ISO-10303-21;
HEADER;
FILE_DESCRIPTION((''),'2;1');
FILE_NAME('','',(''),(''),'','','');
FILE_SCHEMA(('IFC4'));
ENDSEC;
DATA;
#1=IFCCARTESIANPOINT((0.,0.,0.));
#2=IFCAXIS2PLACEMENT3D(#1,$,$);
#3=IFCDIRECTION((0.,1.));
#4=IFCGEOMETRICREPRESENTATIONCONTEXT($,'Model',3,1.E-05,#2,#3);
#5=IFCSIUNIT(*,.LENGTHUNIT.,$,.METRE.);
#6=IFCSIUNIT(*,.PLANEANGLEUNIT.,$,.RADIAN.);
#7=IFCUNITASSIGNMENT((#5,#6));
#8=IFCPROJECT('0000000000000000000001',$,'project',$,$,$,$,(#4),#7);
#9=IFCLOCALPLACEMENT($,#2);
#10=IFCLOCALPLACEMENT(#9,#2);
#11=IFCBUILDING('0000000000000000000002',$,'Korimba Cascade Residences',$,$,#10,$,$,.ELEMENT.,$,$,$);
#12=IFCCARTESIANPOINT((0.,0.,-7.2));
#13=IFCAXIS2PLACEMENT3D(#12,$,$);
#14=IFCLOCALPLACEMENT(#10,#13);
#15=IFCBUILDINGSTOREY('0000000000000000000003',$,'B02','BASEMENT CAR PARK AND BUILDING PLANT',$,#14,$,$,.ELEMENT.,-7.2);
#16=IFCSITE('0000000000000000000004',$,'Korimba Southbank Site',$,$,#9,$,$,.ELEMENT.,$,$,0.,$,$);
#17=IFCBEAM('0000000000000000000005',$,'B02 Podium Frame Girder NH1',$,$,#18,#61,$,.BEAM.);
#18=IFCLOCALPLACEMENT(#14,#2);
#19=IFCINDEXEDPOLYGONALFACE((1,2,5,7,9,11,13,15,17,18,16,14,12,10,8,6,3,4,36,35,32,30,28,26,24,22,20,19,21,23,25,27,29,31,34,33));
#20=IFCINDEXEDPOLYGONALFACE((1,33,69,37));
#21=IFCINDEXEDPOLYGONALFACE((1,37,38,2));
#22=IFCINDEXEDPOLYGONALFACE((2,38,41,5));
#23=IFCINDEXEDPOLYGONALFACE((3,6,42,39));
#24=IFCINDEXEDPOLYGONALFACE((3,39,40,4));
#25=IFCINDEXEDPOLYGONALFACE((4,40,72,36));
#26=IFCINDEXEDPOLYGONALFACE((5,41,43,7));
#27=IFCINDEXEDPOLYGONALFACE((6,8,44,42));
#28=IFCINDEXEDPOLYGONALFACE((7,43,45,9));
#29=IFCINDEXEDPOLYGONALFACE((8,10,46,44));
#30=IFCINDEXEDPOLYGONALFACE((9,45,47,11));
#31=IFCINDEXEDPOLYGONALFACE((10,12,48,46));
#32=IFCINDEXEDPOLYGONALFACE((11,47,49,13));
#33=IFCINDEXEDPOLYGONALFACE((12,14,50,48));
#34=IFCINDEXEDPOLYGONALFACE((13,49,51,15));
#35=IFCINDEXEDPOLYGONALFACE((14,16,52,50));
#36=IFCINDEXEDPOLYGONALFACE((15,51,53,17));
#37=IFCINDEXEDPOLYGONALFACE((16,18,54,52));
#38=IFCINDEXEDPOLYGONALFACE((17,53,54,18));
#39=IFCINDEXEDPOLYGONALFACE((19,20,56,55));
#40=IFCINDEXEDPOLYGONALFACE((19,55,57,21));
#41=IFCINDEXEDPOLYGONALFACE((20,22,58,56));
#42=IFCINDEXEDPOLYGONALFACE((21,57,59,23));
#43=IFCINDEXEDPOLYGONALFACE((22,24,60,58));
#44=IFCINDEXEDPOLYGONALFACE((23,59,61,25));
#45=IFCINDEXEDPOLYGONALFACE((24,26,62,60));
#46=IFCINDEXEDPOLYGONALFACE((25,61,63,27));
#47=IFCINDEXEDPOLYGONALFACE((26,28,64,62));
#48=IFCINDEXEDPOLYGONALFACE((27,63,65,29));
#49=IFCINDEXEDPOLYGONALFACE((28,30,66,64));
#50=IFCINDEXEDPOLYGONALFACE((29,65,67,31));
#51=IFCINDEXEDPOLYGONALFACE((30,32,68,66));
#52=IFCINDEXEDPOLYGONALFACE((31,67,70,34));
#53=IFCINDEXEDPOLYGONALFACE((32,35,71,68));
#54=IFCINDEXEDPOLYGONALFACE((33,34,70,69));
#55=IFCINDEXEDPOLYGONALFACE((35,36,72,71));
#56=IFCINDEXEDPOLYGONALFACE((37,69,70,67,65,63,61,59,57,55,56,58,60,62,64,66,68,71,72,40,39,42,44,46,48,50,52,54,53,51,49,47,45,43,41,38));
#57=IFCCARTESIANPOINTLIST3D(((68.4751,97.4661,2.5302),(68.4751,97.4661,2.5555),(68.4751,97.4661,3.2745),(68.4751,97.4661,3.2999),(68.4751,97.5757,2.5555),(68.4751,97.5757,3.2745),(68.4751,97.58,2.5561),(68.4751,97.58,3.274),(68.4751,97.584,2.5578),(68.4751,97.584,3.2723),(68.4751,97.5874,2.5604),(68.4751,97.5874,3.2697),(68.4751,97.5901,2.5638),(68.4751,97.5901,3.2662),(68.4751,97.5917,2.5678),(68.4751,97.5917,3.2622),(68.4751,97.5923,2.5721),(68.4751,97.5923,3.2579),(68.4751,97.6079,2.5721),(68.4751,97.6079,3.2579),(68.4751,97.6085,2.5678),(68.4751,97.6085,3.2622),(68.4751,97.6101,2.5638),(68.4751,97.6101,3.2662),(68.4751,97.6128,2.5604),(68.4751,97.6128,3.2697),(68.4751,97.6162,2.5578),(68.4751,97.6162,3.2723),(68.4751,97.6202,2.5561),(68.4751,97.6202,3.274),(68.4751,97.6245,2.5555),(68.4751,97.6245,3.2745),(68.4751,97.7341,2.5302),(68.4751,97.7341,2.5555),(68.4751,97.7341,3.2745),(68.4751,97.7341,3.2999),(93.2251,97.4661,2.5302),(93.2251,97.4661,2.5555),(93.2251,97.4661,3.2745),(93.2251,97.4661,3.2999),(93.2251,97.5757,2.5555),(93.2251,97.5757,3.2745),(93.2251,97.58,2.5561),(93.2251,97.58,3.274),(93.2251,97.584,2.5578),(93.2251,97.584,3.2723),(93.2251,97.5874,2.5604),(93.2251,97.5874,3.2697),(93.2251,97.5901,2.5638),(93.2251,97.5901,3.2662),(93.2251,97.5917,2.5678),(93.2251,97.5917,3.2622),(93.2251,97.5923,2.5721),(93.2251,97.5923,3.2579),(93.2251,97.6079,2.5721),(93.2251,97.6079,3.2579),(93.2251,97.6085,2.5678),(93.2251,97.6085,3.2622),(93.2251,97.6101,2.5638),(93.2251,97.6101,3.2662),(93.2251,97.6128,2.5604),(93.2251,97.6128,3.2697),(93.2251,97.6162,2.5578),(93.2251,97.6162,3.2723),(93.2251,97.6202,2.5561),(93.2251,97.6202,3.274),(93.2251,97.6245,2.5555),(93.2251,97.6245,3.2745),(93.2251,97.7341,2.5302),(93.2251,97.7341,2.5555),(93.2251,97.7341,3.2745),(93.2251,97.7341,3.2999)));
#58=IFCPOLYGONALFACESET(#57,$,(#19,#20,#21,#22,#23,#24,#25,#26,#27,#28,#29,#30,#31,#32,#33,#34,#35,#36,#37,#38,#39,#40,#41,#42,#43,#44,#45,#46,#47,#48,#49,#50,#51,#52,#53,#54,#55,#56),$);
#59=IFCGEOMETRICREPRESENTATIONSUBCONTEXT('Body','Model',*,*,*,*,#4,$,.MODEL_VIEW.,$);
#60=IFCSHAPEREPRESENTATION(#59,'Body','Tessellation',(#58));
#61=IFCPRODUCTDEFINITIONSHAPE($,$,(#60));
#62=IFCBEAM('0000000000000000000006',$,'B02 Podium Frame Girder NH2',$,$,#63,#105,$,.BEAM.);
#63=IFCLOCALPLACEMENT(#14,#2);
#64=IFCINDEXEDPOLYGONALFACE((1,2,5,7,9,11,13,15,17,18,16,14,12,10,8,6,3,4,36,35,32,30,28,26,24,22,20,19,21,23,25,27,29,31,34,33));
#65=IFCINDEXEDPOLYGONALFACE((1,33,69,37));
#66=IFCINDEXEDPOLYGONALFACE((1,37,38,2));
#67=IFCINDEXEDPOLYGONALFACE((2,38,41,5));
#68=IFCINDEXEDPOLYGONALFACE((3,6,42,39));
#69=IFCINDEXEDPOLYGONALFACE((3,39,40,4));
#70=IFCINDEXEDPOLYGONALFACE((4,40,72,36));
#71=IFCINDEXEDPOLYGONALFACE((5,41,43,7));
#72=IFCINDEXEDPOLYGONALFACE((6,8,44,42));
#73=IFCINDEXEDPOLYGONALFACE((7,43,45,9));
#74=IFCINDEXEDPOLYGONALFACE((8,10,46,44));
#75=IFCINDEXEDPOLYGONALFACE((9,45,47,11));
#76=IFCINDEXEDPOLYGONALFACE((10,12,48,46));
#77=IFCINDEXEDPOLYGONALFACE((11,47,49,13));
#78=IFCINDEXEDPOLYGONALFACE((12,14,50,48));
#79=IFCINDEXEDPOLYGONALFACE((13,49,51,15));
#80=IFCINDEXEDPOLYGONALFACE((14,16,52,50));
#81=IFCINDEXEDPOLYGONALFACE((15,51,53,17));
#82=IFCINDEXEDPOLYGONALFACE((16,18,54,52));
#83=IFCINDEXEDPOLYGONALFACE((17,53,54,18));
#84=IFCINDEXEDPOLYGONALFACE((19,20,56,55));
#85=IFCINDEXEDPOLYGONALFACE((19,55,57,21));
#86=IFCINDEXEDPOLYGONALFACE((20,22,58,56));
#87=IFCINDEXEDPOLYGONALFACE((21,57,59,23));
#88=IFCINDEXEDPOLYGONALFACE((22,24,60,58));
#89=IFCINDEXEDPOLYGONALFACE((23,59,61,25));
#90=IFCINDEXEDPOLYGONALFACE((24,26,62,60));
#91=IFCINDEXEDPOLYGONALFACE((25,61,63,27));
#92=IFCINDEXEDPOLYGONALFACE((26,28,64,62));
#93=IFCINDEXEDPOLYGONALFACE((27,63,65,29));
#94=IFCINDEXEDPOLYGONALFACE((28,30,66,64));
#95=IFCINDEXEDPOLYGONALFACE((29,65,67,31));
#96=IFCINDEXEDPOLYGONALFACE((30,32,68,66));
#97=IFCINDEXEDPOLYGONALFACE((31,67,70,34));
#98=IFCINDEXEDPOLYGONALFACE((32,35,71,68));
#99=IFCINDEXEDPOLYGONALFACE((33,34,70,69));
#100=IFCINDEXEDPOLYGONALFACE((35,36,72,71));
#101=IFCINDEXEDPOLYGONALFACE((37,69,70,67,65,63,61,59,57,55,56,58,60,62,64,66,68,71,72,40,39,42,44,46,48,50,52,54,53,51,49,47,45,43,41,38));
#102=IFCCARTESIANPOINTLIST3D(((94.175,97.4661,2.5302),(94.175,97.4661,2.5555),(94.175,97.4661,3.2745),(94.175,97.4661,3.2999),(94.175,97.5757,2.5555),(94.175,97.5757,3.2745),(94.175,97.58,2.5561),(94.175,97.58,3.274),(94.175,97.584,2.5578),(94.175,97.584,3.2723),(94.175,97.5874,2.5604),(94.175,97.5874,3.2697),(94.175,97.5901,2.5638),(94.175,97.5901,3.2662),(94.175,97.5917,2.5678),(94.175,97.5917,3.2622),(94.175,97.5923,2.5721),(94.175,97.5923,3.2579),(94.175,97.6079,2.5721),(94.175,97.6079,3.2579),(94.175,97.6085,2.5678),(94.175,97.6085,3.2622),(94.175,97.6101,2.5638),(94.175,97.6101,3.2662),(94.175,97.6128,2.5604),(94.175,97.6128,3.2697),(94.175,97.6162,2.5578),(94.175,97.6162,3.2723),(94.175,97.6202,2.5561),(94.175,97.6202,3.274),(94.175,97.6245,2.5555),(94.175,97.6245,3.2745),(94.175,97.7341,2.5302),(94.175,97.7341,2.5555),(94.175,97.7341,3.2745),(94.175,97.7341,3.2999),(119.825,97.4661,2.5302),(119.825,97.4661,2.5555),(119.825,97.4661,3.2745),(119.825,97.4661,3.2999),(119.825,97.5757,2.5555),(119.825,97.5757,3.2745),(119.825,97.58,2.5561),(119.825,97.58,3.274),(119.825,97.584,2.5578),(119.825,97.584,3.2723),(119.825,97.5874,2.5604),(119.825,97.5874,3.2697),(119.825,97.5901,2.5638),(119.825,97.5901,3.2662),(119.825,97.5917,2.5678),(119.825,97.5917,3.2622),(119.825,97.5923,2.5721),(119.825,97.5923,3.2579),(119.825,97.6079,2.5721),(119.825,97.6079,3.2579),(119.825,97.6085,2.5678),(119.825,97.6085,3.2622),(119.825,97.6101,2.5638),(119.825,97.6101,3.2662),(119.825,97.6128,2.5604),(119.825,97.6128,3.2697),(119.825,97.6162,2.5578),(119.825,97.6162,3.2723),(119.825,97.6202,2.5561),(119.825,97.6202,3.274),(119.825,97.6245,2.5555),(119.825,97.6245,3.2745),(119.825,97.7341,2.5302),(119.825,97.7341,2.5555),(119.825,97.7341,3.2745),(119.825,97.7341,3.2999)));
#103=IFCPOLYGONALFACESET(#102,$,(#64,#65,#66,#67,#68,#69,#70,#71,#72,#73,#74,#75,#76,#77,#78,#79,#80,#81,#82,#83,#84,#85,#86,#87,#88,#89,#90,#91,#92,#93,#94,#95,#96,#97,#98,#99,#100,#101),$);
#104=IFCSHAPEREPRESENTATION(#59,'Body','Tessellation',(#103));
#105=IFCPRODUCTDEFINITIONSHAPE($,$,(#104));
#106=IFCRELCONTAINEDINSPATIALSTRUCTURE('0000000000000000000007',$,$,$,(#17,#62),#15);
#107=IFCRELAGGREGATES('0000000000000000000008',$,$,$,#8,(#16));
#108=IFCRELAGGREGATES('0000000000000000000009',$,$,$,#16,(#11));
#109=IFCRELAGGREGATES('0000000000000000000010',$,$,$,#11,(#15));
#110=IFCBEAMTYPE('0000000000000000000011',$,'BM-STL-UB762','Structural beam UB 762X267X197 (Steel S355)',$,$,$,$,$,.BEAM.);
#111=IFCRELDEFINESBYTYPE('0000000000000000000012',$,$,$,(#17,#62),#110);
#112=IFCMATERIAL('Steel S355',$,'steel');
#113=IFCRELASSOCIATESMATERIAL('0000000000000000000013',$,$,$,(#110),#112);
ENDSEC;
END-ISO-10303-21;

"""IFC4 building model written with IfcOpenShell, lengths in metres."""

from ifc_helpers import new_model, si_unit, direction, frame, origin, origin_2d, place, context, subcontext, project, spatial, i_section, extrude, material, material_profile, profile_set, type_object, element, save


model = new_model("IFC4")

# Units and contexts
model_context = context("Model", 3, precision=1e-05, world=origin(), true_north=direction((0.0, 1.0)))
body_context = subcontext(model_context, "Body", "Model", "MODEL_VIEW")
ifc_project = project(units=[si_unit("LENGTHUNIT", "METRE"), si_unit("PLANEANGLEUNIT", "RADIAN")], contexts=[model_context])

# Site, building, storey
site_placement = place(None, origin())
site = spatial("IfcSite", under=ifc_project, at=site_placement, Name="Korimba Southbank Site", CompositionType="ELEMENT", RefElevation=0.0)
building_placement = place(site_placement, origin())
building = spatial("IfcBuilding", under=site, at=building_placement, Name="Korimba Cascade Residences", CompositionType="ELEMENT")
storey_placement = place(building_placement, frame((0.0, 0.0, -7.2)))
storey = spatial("IfcBuildingStorey", under=building, at=storey_placement, Name="B02", Description="BASEMENT CAR PARK AND BUILDING PLANT", CompositionType="ELEMENT", Elevation=-7.2)

# Beams
ifc_material_1 = material(Name="Steel S355", Category="steel")
ifc_material_profile_1 = material_profile(ifc_material_1, i_section(OverallWidth=0.2681, OverallDepth=0.7698, WebThickness=0.0156, FlangeThickness=0.0254, FilletRadius=0.0166, at=origin_2d()), Name="Steel S355")
ifc_profile_set_1 = profile_set([ifc_material_profile_1], Name="Steel S355")
beam_type_1 = type_object("IfcBeamType", Name="BM-STL-UB762", Description="Structural beam UB 762X267X197 (Steel S355)", PredefinedType="BEAM", material=ifc_profile_set_1)
beam_1_placement = place(storey_placement, frame((68.4751, 97.6001, 2.915), z_axis=(1.0, 0.0, 0.0), x_axis=(0.0, 1.0, 0.0)))
element("IfcBeam", 1, at=beam_1_placement, inside=storey, type_object=beam_type_1, Name="B02 Podium Frame Girder NH1", PredefinedType="BEAM", context=body_context, shape_type="SweptSolid", body=[
    extrude(i_section(OverallWidth=0.2681, OverallDepth=0.7698, WebThickness=0.0156, FlangeThickness=0.0254, FilletRadius=0.0166, at=origin_2d()), origin(), (0.0, 0.0, 1.0), 24.75),
])
beam_2_placement = place(storey_placement, frame((94.175, 97.6001, 2.915), z_axis=(1.0, 0.0, 0.0), x_axis=(0.0, 1.0, 0.0)))
element("IfcBeam", 2, at=beam_2_placement, inside=storey, type_object=beam_type_1, Name="B02 Podium Frame Girder NH2", PredefinedType="BEAM", context=body_context, shape_type="SweptSolid", body=[
    extrude(i_section(OverallWidth=0.2681, OverallDepth=0.7698, WebThickness=0.0156, FlangeThickness=0.0254, FilletRadius=0.0166, at=origin_2d()), origin(), (0.0, 0.0, 1.0), 25.6499),
])

save(model, "model.ifc")
